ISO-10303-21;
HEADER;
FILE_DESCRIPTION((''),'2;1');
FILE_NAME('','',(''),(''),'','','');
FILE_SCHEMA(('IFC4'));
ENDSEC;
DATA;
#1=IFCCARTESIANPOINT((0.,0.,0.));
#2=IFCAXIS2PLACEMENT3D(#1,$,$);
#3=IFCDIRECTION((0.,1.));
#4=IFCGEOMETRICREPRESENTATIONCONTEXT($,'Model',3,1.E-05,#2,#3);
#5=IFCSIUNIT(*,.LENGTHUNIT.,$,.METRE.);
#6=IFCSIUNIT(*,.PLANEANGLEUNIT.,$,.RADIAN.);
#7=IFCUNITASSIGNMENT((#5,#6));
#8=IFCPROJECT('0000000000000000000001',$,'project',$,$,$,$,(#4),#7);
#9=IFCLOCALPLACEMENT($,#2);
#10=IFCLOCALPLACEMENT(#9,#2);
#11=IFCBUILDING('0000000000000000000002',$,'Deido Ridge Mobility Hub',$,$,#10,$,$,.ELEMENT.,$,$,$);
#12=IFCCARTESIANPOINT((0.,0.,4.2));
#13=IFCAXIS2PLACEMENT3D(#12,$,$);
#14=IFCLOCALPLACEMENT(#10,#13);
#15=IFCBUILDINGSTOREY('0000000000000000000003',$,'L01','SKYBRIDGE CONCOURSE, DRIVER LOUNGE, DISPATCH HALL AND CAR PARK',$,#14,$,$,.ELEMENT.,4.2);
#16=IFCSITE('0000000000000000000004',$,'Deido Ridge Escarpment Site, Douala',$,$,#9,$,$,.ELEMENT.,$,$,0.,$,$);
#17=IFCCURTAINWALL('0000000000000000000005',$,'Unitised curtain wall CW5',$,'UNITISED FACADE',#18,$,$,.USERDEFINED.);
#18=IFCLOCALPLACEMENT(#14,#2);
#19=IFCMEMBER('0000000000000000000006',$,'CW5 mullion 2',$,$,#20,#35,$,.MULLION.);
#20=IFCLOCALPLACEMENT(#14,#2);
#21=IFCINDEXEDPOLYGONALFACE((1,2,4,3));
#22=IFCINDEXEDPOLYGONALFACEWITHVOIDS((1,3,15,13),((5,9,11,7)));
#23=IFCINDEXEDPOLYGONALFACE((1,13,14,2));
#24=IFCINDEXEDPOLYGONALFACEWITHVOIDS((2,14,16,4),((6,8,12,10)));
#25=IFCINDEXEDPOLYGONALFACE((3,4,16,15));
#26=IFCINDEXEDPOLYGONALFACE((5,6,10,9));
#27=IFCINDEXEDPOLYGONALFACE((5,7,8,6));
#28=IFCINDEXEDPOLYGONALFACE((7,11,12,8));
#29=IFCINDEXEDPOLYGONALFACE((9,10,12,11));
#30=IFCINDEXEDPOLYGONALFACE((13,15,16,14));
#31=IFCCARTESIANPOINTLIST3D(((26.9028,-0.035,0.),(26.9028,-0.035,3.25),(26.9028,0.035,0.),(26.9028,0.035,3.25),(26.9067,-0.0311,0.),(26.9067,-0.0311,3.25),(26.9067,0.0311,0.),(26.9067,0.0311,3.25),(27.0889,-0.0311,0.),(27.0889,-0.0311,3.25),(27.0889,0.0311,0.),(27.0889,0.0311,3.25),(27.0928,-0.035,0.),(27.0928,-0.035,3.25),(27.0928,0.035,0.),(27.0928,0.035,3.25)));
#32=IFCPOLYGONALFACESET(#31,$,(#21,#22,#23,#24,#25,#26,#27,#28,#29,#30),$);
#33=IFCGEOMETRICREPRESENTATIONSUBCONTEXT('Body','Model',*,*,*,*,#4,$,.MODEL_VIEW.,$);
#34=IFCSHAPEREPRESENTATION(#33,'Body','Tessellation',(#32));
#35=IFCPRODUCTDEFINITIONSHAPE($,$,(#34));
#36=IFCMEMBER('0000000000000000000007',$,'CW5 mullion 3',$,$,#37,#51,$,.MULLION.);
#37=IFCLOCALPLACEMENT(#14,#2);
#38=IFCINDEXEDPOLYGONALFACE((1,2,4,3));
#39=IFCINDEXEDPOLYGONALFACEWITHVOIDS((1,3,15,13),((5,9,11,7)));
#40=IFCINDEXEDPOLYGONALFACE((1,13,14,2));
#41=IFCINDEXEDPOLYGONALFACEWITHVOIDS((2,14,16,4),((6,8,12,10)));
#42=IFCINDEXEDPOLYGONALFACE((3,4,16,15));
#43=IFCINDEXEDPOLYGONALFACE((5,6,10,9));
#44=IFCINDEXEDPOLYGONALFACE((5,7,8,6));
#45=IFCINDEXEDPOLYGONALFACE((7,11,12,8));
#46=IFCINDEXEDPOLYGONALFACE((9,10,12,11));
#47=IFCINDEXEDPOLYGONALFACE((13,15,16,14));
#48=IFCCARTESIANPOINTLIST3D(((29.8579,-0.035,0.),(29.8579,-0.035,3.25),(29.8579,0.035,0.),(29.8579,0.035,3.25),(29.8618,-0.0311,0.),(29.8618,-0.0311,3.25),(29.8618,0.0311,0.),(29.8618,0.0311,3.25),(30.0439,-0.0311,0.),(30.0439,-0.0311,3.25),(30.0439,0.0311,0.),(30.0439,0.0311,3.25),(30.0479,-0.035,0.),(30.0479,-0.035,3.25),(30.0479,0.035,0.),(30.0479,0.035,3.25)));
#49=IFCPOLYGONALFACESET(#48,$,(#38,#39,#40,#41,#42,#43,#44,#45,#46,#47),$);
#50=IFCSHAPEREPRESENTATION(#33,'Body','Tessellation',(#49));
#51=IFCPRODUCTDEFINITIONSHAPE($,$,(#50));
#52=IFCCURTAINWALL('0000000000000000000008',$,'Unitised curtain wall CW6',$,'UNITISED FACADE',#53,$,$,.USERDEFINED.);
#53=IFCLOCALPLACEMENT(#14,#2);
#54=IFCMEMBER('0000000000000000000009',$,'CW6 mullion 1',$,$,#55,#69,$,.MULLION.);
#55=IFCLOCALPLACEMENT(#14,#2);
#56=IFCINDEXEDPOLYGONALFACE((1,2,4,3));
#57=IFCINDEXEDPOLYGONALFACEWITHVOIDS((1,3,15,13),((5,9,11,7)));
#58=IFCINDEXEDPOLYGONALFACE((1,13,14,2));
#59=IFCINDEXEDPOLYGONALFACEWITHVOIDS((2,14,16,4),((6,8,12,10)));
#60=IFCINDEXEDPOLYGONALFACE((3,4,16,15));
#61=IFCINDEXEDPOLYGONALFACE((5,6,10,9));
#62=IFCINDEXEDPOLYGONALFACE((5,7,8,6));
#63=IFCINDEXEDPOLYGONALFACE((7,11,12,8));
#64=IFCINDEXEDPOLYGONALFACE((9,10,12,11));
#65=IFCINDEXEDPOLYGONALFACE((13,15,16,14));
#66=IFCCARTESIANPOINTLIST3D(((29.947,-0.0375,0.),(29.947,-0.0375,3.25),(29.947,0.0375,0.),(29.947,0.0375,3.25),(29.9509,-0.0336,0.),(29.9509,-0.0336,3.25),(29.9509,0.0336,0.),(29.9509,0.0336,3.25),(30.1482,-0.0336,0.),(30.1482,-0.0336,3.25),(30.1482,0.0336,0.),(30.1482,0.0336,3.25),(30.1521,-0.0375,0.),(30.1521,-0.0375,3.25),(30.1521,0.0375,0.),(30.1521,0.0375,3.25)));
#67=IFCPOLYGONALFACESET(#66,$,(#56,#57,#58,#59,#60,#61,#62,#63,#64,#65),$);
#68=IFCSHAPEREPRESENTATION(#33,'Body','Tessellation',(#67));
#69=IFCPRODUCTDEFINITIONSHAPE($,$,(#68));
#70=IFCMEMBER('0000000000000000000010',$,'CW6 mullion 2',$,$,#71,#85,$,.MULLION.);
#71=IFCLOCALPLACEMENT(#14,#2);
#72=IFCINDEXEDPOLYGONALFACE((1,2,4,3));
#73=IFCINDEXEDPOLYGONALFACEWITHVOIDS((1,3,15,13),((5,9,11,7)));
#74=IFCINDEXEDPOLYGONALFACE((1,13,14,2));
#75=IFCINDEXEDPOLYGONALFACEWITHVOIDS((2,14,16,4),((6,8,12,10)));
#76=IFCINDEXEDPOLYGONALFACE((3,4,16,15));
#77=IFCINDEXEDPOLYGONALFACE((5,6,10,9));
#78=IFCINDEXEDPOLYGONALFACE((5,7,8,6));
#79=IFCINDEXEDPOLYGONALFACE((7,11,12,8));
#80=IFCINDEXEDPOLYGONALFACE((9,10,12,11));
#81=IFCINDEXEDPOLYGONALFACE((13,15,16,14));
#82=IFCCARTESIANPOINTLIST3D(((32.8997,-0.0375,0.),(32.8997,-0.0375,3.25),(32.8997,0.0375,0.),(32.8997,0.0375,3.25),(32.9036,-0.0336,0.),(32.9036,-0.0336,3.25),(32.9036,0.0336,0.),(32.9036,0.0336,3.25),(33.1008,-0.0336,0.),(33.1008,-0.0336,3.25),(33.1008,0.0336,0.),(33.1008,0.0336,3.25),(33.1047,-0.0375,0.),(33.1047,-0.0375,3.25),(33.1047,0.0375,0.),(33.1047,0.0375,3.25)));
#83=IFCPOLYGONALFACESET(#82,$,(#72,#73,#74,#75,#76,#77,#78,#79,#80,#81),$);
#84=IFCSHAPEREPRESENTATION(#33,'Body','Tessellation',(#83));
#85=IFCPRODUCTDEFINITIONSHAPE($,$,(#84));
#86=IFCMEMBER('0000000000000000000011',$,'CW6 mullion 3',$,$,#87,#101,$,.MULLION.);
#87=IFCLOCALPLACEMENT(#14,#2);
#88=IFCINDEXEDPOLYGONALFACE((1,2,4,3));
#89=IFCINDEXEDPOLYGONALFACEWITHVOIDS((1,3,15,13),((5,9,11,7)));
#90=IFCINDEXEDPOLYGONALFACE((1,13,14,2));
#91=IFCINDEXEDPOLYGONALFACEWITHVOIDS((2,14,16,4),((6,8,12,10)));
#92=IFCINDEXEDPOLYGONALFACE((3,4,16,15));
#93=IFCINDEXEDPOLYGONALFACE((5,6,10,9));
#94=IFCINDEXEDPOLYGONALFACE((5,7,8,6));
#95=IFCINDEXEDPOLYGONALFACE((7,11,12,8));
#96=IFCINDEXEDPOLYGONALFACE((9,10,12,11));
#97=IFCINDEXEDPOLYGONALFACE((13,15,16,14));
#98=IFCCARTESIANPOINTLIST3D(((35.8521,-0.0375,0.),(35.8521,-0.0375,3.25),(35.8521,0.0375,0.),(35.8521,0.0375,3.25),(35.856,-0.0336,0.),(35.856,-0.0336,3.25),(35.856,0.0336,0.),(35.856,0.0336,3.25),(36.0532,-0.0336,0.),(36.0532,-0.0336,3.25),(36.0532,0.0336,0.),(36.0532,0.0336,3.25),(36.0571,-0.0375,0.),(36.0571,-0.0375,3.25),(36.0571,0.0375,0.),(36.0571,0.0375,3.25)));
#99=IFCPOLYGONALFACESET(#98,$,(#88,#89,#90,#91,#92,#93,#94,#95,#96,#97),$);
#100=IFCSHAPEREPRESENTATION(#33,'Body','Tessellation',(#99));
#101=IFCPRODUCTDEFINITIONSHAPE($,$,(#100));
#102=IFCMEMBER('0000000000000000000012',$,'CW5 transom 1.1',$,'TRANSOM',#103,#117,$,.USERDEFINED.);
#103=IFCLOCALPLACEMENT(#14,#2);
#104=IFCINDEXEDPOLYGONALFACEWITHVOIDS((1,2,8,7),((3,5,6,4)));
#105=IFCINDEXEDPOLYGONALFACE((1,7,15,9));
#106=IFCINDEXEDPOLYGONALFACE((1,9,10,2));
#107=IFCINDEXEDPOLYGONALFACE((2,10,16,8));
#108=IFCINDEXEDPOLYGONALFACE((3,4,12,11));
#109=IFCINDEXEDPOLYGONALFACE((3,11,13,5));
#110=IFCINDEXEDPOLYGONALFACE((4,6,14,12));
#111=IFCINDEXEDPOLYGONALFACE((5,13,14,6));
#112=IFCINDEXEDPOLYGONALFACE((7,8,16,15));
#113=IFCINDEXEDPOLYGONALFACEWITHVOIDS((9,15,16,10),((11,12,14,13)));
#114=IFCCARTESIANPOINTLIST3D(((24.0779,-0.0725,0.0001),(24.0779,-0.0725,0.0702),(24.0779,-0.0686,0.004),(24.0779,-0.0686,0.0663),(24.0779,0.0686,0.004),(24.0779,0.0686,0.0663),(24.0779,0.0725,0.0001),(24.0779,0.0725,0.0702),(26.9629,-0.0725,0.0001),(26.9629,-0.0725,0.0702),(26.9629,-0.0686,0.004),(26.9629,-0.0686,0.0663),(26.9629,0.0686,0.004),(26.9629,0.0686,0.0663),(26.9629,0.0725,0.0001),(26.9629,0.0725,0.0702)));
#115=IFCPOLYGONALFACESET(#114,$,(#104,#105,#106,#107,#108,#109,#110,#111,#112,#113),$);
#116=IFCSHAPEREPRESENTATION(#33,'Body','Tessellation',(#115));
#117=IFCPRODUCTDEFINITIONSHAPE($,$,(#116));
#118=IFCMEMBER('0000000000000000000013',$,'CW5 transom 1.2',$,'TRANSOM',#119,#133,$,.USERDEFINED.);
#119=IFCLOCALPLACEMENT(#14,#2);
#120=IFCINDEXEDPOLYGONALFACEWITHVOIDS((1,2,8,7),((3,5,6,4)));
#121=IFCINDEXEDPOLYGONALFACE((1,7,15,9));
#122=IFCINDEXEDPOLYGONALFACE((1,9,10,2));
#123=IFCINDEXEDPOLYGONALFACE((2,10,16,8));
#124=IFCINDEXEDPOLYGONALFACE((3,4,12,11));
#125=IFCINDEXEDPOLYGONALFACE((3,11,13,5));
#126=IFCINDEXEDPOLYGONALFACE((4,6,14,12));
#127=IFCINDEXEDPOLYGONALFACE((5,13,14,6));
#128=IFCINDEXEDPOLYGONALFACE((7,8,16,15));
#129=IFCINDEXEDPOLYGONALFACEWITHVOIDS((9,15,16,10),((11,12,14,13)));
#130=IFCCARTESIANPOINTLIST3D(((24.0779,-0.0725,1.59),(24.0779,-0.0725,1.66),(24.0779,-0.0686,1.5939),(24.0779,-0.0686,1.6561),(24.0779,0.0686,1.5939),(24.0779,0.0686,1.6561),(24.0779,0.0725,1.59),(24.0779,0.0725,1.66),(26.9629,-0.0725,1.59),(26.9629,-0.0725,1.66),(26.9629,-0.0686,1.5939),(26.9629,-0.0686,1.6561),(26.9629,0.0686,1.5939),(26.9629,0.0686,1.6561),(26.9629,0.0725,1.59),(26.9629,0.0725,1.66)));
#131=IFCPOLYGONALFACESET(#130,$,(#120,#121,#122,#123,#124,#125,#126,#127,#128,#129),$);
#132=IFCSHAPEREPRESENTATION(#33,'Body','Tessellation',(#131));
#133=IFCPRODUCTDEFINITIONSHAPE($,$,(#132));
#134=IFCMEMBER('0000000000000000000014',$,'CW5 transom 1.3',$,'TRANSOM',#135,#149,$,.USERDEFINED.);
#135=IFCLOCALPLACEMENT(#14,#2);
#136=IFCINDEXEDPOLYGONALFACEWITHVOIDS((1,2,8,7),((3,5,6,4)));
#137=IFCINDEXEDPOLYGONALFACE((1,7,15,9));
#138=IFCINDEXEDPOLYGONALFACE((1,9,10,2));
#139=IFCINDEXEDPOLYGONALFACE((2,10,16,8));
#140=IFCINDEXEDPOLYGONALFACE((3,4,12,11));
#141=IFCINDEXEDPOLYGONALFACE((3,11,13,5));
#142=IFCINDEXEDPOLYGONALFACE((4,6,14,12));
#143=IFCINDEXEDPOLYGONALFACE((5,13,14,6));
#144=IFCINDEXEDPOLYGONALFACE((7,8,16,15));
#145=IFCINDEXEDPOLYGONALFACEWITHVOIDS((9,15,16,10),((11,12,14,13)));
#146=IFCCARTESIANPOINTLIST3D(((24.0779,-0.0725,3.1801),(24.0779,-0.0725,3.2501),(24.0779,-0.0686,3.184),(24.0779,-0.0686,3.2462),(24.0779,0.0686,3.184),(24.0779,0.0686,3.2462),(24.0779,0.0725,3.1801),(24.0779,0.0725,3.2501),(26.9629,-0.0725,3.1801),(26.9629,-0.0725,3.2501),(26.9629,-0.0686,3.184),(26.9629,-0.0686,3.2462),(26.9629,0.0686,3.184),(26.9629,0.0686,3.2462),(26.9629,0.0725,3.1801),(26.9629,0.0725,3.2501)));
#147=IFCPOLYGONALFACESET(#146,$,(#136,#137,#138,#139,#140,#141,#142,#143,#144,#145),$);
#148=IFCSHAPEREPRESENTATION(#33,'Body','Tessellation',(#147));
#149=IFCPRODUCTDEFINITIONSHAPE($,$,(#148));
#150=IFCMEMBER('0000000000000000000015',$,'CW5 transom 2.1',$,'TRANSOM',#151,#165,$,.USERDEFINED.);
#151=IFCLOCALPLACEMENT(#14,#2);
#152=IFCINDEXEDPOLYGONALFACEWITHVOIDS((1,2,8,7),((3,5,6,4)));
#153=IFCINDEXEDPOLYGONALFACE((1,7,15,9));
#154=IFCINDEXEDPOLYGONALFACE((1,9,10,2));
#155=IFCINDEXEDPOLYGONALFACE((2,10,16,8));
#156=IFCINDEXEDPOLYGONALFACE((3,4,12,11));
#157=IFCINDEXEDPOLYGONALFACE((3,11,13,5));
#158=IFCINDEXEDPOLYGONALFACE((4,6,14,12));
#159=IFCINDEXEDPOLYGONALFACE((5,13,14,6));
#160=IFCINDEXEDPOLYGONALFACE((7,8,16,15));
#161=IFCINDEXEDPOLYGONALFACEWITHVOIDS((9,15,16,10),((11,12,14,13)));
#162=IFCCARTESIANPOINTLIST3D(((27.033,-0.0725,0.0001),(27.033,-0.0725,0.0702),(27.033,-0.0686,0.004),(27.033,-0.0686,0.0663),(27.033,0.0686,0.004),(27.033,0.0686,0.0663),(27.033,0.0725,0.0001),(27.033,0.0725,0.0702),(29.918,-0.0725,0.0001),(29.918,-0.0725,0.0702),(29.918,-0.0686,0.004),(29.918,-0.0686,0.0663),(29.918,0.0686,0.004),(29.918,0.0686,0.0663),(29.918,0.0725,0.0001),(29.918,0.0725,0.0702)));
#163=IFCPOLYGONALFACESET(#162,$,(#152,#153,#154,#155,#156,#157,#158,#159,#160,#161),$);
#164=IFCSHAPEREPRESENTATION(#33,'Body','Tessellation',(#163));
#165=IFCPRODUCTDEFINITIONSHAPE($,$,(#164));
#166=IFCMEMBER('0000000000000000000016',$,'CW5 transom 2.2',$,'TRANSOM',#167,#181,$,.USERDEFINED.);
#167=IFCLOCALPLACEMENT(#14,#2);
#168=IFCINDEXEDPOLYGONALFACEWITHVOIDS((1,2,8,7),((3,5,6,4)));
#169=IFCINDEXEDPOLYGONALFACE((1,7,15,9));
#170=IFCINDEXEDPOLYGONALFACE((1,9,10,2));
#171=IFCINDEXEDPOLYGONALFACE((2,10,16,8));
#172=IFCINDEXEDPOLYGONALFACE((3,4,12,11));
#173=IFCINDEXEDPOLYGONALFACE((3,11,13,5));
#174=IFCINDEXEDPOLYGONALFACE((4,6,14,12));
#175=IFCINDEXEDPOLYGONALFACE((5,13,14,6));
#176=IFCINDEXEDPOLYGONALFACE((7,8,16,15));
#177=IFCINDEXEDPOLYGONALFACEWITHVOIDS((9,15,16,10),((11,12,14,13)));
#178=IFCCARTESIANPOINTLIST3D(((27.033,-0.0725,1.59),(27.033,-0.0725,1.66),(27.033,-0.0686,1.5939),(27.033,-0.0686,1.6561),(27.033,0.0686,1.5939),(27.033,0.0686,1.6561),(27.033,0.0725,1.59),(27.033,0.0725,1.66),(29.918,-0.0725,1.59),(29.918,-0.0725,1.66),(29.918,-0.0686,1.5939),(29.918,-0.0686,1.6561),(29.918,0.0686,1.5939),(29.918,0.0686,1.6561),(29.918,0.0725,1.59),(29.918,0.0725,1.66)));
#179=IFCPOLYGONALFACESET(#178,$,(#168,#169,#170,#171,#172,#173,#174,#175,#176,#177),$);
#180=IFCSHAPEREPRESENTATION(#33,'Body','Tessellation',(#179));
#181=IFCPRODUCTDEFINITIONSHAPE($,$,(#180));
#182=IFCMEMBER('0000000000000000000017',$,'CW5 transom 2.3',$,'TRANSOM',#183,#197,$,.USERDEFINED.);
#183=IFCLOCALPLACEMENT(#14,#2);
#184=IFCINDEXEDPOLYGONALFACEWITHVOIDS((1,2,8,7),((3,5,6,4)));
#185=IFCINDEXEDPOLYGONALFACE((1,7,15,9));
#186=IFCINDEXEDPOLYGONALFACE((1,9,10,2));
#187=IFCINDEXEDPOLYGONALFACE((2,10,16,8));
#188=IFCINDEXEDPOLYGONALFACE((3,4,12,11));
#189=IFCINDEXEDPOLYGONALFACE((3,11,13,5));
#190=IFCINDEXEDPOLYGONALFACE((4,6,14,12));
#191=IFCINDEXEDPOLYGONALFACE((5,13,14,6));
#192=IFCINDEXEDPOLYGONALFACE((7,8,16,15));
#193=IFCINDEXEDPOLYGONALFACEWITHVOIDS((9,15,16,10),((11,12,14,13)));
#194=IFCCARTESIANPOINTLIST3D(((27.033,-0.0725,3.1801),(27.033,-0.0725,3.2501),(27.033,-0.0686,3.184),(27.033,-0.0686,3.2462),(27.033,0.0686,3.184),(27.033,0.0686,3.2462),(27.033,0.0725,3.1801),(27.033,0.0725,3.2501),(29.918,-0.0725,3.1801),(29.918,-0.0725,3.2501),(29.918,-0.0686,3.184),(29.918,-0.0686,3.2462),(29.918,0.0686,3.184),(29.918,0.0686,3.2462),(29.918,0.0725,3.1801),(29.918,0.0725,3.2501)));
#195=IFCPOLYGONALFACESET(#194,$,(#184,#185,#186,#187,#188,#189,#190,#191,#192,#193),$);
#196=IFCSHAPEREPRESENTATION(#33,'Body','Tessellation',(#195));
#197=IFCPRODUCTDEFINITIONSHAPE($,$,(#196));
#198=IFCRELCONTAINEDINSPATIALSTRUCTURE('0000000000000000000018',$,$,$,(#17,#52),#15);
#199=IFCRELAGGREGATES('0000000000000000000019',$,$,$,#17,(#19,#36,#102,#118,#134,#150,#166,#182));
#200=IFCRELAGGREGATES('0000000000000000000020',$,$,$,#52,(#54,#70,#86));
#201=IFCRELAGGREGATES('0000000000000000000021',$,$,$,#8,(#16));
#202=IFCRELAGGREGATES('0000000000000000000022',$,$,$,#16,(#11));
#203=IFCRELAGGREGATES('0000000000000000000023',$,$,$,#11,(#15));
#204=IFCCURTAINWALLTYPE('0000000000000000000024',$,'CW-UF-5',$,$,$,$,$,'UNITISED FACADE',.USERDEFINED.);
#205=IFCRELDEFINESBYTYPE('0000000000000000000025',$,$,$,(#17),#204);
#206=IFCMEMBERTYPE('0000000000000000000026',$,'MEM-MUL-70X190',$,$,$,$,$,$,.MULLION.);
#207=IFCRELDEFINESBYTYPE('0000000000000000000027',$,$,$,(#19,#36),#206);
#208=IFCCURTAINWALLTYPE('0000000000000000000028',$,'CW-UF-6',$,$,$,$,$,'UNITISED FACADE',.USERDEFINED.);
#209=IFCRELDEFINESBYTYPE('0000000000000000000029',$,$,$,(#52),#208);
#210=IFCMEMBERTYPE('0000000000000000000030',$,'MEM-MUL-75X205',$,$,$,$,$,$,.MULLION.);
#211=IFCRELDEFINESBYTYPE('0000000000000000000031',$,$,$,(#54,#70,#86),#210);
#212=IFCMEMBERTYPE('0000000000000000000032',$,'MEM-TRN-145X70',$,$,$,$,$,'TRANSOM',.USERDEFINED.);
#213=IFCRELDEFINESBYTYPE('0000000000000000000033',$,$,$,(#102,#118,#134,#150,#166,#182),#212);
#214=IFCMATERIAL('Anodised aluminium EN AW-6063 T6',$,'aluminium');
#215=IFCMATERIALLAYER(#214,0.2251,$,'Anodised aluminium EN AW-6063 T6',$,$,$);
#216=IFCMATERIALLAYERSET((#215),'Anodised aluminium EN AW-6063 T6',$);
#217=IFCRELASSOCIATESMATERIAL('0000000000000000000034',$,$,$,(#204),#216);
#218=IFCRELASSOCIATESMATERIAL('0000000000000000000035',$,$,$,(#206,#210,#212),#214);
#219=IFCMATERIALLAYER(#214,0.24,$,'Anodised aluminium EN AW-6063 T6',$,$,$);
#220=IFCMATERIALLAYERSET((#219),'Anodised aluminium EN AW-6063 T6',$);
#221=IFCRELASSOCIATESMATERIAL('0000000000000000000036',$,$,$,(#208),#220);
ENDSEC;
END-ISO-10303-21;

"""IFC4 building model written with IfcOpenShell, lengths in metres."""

from ifc_helpers import new_model, si_unit, direction, frame, origin, origin_2d, place, context, subcontext, project, spatial, hollow_rectangle, extrude, material, layer, layer_set, material_profile, profile_set, type_object, element, aggregate, save


model = new_model("IFC4")

# Units and contexts
model_context = context("Model", 3, precision=1e-05, world=origin(), true_north=direction((0.0, 1.0)))
body_context = subcontext(model_context, "Body", "Model", "MODEL_VIEW")
ifc_project = project(units=[si_unit("LENGTHUNIT", "METRE"), si_unit("PLANEANGLEUNIT", "RADIAN")], contexts=[model_context])

# Site, building, storey
site_placement = place(None, origin())
site = spatial("IfcSite", under=ifc_project, at=site_placement, Name="Deido Ridge Escarpment Site, Douala", CompositionType="ELEMENT", RefElevation=0.0)
building_placement = place(site_placement, origin())
building = spatial("IfcBuilding", under=site, at=building_placement, Name="Deido Ridge Mobility Hub", CompositionType="ELEMENT")
storey_placement = place(building_placement, frame((0.0, 0.0, 4.2)))
storey = spatial("IfcBuildingStorey", under=building, at=storey_placement, Name="L01", Description="SKYBRIDGE CONCOURSE, DRIVER LOUNGE, DISPATCH HALL AND CAR PARK", CompositionType="ELEMENT", Elevation=4.2)

# Shared definitions
ifc_material_1 = material(Name="Anodised aluminium EN AW-6063 T6", Category="aluminium")

# Curtain walls, members
ifc_layer_1 = layer(ifc_material_1, 0.2251, Name="Anodised aluminium EN AW-6063 T6")
ifc_layer_set_1 = layer_set([ifc_layer_1], Name="Anodised aluminium EN AW-6063 T6")
curtain_wall_type_1 = type_object("IfcCurtainWallType", Name="CW-UF-5", ElementType="UNITISED FACADE", PredefinedType="USERDEFINED", material=ifc_layer_set_1)
curtain_wall_1_placement = place(storey_placement, origin())
curtain_wall_1 = element("IfcCurtainWall", 1, at=curtain_wall_1_placement, inside=storey, type_object=curtain_wall_type_1, Name="Unitised curtain wall CW5", ObjectType="UNITISED FACADE", PredefinedType="USERDEFINED")
ifc_material_profile_1 = material_profile(ifc_material_1, hollow_rectangle(XDim=0.0701, YDim=0.1899, WallThickness=0.0039, at=origin_2d()), Name="RHS 70x190x4")
ifc_profile_set_1 = profile_set([ifc_material_profile_1], Name="Anodised aluminium EN AW-6063 T6")
member_type_1 = type_object("IfcMemberType", Name="MEM-MUL-70X190", PredefinedType="MULLION", material=ifc_profile_set_1)
member_1_placement = place(storey_placement, frame((26.9978, 0.0, 0.0), z_axis=(0.0, 0.0, 1.0), x_axis=(0.0, 1.0, 0.0)))
member_1 = element("IfcMember", 2, at=member_1_placement, type_object=member_type_1, Name="CW5 mullion 2", PredefinedType="MULLION", context=body_context, shape_type="SweptSolid", body=[
    extrude(hollow_rectangle(XDim=0.0701, YDim=0.1899, WallThickness=0.0039, at=origin_2d()), origin(), (0.0, 0.0, 1.0), 3.25),
])
member_2_placement = place(storey_placement, frame((29.9529, 0.0, 0.0), z_axis=(0.0, 0.0, 1.0), x_axis=(0.0, 1.0, 0.0)))
member_2 = element("IfcMember", 3, at=member_2_placement, type_object=member_type_1, Name="CW5 mullion 3", PredefinedType="MULLION", context=body_context, shape_type="SweptSolid", body=[
    extrude(hollow_rectangle(XDim=0.0701, YDim=0.1899, WallThickness=0.0039, at=origin_2d()), origin(), (0.0, 0.0, 1.0), 3.25),
])
ifc_layer_2 = layer(ifc_material_1, 0.24, Name="Anodised aluminium EN AW-6063 T6")
ifc_layer_set_2 = layer_set([ifc_layer_2], Name="Anodised aluminium EN AW-6063 T6")
curtain_wall_type_2 = type_object("IfcCurtainWallType", Name="CW-UF-6", ElementType="UNITISED FACADE", PredefinedType="USERDEFINED", material=ifc_layer_set_2)
curtain_wall_2_placement = place(storey_placement, origin())
curtain_wall_2 = element("IfcCurtainWall", 4, at=curtain_wall_2_placement, inside=storey, type_object=curtain_wall_type_2, Name="Unitised curtain wall CW6", ObjectType="UNITISED FACADE", PredefinedType="USERDEFINED")
ifc_material_profile_2 = material_profile(ifc_material_1, hollow_rectangle(XDim=0.075, YDim=0.2051, WallThickness=0.0039, at=origin_2d()), Name="RHS 75x205x4")
ifc_profile_set_2 = profile_set([ifc_material_profile_2], Name="Anodised aluminium EN AW-6063 T6")
member_type_2 = type_object("IfcMemberType", Name="MEM-MUL-75X205", PredefinedType="MULLION", material=ifc_profile_set_2)
member_3_placement = place(storey_placement, frame((30.0496, 0.0, 0.0), z_axis=(0.0, 0.0, 1.0), x_axis=(0.0, 1.0, 0.0)))
member_3 = element("IfcMember", 5, at=member_3_placement, type_object=member_type_2, Name="CW6 mullion 1", PredefinedType="MULLION", context=body_context, shape_type="SweptSolid", body=[
    extrude(hollow_rectangle(XDim=0.075, YDim=0.2051, WallThickness=0.0039, at=origin_2d()), origin(), (0.0, 0.0, 1.0), 3.25),
])
member_4_placement = place(storey_placement, frame((33.0022, 0.0, 0.0), z_axis=(0.0, 0.0, 1.0), x_axis=(0.0, 1.0, 0.0)))
member_4 = element("IfcMember", 6, at=member_4_placement, type_object=member_type_2, Name="CW6 mullion 2", PredefinedType="MULLION", context=body_context, shape_type="SweptSolid", body=[
    extrude(hollow_rectangle(XDim=0.075, YDim=0.2051, WallThickness=0.0039, at=origin_2d()), origin(), (0.0, 0.0, 1.0), 3.25),
])
member_5_placement = place(storey_placement, frame((35.9546, 0.0, 0.0), z_axis=(0.0, 0.0, 1.0), x_axis=(0.0, 1.0, 0.0)))
member_5 = element("IfcMember", 7, at=member_5_placement, type_object=member_type_2, Name="CW6 mullion 3", PredefinedType="MULLION", context=body_context, shape_type="SweptSolid", body=[
    extrude(hollow_rectangle(XDim=0.075, YDim=0.2051, WallThickness=0.0039, at=origin_2d()), origin(), (0.0, 0.0, 1.0), 3.25),
])

# Members
ifc_material_profile_3 = material_profile(ifc_material_1, hollow_rectangle(XDim=0.145, YDim=0.0701, WallThickness=0.0039, at=origin_2d()), Name="RHS 145x70x4")
ifc_profile_set_3 = profile_set([ifc_material_profile_3], Name="Anodised aluminium EN AW-6063 T6")
member_type_3 = type_object("IfcMemberType", Name="MEM-TRN-145X70", ElementType="TRANSOM", PredefinedType="USERDEFINED", material=ifc_profile_set_3)
member_6_placement = place(storey_placement, frame((24.0779, 0.0, 0.0352), z_axis=(1.0, 0.0, 0.0), x_axis=(0.0, 1.0, 0.0)))
member_6 = element("IfcMember", 8, at=member_6_placement, type_object=member_type_3, Name="CW5 transom 1.1", ObjectType="TRANSOM", PredefinedType="USERDEFINED", context=body_context, shape_type="SweptSolid", body=[
    extrude(hollow_rectangle(XDim=0.145, YDim=0.0701, WallThickness=0.0039, at=origin_2d()), origin(), (0.0, 0.0, 1.0), 2.885),
])
member_7_placement = place(storey_placement, frame((24.0779, 0.0, 1.625), z_axis=(1.0, 0.0, 0.0), x_axis=(0.0, 1.0, 0.0)))
member_7 = element("IfcMember", 9, at=member_7_placement, type_object=member_type_3, Name="CW5 transom 1.2", ObjectType="TRANSOM", PredefinedType="USERDEFINED", context=body_context, shape_type="SweptSolid", body=[
    extrude(hollow_rectangle(XDim=0.145, YDim=0.0701, WallThickness=0.0039, at=origin_2d()), origin(), (0.0, 0.0, 1.0), 2.885),
])
member_8_placement = place(storey_placement, frame((24.0779, 0.0, 3.2151), z_axis=(1.0, 0.0, 0.0), x_axis=(0.0, 1.0, 0.0)))
member_8 = element("IfcMember", 10, at=member_8_placement, type_object=member_type_3, Name="CW5 transom 1.3", ObjectType="TRANSOM", PredefinedType="USERDEFINED", context=body_context, shape_type="SweptSolid", body=[
    extrude(hollow_rectangle(XDim=0.145, YDim=0.0701, WallThickness=0.0039, at=origin_2d()), origin(), (0.0, 0.0, 1.0), 2.885),
])
member_9_placement = place(storey_placement, frame((27.033, 0.0, 0.0352), z_axis=(1.0, 0.0, 0.0), x_axis=(0.0, 1.0, 0.0)))
member_9 = element("IfcMember", 11, at=member_9_placement, type_object=member_type_3, Name="CW5 transom 2.1", ObjectType="TRANSOM", PredefinedType="USERDEFINED", context=body_context, shape_type="SweptSolid", body=[
    extrude(hollow_rectangle(XDim=0.145, YDim=0.0701, WallThickness=0.0039, at=origin_2d()), origin(), (0.0, 0.0, 1.0), 2.885),
])
member_10_placement = place(storey_placement, frame((27.033, 0.0, 1.625), z_axis=(1.0, 0.0, 0.0), x_axis=(0.0, 1.0, 0.0)))
member_10 = element("IfcMember", 12, at=member_10_placement, type_object=member_type_3, Name="CW5 transom 2.2", ObjectType="TRANSOM", PredefinedType="USERDEFINED", context=body_context, shape_type="SweptSolid", body=[
    extrude(hollow_rectangle(XDim=0.145, YDim=0.0701, WallThickness=0.0039, at=origin_2d()), origin(), (0.0, 0.0, 1.0), 2.885),
])
member_11_placement = place(storey_placement, frame((27.033, 0.0, 3.2151), z_axis=(1.0, 0.0, 0.0), x_axis=(0.0, 1.0, 0.0)))
member_11 = element("IfcMember", 13, at=member_11_placement, type_object=member_type_3, Name="CW5 transom 2.3", ObjectType="TRANSOM", PredefinedType="USERDEFINED", context=body_context, shape_type="SweptSolid", body=[
    extrude(hollow_rectangle(XDim=0.145, YDim=0.0701, WallThickness=0.0039, at=origin_2d()), origin(), (0.0, 0.0, 1.0), 2.885),
])

aggregate(curtain_wall_1, [member_1, member_2, member_6, member_7, member_8, member_9, member_10, member_11])
aggregate(curtain_wall_2, [member_3, member_4, member_5])

save(model, "model.ifc")
